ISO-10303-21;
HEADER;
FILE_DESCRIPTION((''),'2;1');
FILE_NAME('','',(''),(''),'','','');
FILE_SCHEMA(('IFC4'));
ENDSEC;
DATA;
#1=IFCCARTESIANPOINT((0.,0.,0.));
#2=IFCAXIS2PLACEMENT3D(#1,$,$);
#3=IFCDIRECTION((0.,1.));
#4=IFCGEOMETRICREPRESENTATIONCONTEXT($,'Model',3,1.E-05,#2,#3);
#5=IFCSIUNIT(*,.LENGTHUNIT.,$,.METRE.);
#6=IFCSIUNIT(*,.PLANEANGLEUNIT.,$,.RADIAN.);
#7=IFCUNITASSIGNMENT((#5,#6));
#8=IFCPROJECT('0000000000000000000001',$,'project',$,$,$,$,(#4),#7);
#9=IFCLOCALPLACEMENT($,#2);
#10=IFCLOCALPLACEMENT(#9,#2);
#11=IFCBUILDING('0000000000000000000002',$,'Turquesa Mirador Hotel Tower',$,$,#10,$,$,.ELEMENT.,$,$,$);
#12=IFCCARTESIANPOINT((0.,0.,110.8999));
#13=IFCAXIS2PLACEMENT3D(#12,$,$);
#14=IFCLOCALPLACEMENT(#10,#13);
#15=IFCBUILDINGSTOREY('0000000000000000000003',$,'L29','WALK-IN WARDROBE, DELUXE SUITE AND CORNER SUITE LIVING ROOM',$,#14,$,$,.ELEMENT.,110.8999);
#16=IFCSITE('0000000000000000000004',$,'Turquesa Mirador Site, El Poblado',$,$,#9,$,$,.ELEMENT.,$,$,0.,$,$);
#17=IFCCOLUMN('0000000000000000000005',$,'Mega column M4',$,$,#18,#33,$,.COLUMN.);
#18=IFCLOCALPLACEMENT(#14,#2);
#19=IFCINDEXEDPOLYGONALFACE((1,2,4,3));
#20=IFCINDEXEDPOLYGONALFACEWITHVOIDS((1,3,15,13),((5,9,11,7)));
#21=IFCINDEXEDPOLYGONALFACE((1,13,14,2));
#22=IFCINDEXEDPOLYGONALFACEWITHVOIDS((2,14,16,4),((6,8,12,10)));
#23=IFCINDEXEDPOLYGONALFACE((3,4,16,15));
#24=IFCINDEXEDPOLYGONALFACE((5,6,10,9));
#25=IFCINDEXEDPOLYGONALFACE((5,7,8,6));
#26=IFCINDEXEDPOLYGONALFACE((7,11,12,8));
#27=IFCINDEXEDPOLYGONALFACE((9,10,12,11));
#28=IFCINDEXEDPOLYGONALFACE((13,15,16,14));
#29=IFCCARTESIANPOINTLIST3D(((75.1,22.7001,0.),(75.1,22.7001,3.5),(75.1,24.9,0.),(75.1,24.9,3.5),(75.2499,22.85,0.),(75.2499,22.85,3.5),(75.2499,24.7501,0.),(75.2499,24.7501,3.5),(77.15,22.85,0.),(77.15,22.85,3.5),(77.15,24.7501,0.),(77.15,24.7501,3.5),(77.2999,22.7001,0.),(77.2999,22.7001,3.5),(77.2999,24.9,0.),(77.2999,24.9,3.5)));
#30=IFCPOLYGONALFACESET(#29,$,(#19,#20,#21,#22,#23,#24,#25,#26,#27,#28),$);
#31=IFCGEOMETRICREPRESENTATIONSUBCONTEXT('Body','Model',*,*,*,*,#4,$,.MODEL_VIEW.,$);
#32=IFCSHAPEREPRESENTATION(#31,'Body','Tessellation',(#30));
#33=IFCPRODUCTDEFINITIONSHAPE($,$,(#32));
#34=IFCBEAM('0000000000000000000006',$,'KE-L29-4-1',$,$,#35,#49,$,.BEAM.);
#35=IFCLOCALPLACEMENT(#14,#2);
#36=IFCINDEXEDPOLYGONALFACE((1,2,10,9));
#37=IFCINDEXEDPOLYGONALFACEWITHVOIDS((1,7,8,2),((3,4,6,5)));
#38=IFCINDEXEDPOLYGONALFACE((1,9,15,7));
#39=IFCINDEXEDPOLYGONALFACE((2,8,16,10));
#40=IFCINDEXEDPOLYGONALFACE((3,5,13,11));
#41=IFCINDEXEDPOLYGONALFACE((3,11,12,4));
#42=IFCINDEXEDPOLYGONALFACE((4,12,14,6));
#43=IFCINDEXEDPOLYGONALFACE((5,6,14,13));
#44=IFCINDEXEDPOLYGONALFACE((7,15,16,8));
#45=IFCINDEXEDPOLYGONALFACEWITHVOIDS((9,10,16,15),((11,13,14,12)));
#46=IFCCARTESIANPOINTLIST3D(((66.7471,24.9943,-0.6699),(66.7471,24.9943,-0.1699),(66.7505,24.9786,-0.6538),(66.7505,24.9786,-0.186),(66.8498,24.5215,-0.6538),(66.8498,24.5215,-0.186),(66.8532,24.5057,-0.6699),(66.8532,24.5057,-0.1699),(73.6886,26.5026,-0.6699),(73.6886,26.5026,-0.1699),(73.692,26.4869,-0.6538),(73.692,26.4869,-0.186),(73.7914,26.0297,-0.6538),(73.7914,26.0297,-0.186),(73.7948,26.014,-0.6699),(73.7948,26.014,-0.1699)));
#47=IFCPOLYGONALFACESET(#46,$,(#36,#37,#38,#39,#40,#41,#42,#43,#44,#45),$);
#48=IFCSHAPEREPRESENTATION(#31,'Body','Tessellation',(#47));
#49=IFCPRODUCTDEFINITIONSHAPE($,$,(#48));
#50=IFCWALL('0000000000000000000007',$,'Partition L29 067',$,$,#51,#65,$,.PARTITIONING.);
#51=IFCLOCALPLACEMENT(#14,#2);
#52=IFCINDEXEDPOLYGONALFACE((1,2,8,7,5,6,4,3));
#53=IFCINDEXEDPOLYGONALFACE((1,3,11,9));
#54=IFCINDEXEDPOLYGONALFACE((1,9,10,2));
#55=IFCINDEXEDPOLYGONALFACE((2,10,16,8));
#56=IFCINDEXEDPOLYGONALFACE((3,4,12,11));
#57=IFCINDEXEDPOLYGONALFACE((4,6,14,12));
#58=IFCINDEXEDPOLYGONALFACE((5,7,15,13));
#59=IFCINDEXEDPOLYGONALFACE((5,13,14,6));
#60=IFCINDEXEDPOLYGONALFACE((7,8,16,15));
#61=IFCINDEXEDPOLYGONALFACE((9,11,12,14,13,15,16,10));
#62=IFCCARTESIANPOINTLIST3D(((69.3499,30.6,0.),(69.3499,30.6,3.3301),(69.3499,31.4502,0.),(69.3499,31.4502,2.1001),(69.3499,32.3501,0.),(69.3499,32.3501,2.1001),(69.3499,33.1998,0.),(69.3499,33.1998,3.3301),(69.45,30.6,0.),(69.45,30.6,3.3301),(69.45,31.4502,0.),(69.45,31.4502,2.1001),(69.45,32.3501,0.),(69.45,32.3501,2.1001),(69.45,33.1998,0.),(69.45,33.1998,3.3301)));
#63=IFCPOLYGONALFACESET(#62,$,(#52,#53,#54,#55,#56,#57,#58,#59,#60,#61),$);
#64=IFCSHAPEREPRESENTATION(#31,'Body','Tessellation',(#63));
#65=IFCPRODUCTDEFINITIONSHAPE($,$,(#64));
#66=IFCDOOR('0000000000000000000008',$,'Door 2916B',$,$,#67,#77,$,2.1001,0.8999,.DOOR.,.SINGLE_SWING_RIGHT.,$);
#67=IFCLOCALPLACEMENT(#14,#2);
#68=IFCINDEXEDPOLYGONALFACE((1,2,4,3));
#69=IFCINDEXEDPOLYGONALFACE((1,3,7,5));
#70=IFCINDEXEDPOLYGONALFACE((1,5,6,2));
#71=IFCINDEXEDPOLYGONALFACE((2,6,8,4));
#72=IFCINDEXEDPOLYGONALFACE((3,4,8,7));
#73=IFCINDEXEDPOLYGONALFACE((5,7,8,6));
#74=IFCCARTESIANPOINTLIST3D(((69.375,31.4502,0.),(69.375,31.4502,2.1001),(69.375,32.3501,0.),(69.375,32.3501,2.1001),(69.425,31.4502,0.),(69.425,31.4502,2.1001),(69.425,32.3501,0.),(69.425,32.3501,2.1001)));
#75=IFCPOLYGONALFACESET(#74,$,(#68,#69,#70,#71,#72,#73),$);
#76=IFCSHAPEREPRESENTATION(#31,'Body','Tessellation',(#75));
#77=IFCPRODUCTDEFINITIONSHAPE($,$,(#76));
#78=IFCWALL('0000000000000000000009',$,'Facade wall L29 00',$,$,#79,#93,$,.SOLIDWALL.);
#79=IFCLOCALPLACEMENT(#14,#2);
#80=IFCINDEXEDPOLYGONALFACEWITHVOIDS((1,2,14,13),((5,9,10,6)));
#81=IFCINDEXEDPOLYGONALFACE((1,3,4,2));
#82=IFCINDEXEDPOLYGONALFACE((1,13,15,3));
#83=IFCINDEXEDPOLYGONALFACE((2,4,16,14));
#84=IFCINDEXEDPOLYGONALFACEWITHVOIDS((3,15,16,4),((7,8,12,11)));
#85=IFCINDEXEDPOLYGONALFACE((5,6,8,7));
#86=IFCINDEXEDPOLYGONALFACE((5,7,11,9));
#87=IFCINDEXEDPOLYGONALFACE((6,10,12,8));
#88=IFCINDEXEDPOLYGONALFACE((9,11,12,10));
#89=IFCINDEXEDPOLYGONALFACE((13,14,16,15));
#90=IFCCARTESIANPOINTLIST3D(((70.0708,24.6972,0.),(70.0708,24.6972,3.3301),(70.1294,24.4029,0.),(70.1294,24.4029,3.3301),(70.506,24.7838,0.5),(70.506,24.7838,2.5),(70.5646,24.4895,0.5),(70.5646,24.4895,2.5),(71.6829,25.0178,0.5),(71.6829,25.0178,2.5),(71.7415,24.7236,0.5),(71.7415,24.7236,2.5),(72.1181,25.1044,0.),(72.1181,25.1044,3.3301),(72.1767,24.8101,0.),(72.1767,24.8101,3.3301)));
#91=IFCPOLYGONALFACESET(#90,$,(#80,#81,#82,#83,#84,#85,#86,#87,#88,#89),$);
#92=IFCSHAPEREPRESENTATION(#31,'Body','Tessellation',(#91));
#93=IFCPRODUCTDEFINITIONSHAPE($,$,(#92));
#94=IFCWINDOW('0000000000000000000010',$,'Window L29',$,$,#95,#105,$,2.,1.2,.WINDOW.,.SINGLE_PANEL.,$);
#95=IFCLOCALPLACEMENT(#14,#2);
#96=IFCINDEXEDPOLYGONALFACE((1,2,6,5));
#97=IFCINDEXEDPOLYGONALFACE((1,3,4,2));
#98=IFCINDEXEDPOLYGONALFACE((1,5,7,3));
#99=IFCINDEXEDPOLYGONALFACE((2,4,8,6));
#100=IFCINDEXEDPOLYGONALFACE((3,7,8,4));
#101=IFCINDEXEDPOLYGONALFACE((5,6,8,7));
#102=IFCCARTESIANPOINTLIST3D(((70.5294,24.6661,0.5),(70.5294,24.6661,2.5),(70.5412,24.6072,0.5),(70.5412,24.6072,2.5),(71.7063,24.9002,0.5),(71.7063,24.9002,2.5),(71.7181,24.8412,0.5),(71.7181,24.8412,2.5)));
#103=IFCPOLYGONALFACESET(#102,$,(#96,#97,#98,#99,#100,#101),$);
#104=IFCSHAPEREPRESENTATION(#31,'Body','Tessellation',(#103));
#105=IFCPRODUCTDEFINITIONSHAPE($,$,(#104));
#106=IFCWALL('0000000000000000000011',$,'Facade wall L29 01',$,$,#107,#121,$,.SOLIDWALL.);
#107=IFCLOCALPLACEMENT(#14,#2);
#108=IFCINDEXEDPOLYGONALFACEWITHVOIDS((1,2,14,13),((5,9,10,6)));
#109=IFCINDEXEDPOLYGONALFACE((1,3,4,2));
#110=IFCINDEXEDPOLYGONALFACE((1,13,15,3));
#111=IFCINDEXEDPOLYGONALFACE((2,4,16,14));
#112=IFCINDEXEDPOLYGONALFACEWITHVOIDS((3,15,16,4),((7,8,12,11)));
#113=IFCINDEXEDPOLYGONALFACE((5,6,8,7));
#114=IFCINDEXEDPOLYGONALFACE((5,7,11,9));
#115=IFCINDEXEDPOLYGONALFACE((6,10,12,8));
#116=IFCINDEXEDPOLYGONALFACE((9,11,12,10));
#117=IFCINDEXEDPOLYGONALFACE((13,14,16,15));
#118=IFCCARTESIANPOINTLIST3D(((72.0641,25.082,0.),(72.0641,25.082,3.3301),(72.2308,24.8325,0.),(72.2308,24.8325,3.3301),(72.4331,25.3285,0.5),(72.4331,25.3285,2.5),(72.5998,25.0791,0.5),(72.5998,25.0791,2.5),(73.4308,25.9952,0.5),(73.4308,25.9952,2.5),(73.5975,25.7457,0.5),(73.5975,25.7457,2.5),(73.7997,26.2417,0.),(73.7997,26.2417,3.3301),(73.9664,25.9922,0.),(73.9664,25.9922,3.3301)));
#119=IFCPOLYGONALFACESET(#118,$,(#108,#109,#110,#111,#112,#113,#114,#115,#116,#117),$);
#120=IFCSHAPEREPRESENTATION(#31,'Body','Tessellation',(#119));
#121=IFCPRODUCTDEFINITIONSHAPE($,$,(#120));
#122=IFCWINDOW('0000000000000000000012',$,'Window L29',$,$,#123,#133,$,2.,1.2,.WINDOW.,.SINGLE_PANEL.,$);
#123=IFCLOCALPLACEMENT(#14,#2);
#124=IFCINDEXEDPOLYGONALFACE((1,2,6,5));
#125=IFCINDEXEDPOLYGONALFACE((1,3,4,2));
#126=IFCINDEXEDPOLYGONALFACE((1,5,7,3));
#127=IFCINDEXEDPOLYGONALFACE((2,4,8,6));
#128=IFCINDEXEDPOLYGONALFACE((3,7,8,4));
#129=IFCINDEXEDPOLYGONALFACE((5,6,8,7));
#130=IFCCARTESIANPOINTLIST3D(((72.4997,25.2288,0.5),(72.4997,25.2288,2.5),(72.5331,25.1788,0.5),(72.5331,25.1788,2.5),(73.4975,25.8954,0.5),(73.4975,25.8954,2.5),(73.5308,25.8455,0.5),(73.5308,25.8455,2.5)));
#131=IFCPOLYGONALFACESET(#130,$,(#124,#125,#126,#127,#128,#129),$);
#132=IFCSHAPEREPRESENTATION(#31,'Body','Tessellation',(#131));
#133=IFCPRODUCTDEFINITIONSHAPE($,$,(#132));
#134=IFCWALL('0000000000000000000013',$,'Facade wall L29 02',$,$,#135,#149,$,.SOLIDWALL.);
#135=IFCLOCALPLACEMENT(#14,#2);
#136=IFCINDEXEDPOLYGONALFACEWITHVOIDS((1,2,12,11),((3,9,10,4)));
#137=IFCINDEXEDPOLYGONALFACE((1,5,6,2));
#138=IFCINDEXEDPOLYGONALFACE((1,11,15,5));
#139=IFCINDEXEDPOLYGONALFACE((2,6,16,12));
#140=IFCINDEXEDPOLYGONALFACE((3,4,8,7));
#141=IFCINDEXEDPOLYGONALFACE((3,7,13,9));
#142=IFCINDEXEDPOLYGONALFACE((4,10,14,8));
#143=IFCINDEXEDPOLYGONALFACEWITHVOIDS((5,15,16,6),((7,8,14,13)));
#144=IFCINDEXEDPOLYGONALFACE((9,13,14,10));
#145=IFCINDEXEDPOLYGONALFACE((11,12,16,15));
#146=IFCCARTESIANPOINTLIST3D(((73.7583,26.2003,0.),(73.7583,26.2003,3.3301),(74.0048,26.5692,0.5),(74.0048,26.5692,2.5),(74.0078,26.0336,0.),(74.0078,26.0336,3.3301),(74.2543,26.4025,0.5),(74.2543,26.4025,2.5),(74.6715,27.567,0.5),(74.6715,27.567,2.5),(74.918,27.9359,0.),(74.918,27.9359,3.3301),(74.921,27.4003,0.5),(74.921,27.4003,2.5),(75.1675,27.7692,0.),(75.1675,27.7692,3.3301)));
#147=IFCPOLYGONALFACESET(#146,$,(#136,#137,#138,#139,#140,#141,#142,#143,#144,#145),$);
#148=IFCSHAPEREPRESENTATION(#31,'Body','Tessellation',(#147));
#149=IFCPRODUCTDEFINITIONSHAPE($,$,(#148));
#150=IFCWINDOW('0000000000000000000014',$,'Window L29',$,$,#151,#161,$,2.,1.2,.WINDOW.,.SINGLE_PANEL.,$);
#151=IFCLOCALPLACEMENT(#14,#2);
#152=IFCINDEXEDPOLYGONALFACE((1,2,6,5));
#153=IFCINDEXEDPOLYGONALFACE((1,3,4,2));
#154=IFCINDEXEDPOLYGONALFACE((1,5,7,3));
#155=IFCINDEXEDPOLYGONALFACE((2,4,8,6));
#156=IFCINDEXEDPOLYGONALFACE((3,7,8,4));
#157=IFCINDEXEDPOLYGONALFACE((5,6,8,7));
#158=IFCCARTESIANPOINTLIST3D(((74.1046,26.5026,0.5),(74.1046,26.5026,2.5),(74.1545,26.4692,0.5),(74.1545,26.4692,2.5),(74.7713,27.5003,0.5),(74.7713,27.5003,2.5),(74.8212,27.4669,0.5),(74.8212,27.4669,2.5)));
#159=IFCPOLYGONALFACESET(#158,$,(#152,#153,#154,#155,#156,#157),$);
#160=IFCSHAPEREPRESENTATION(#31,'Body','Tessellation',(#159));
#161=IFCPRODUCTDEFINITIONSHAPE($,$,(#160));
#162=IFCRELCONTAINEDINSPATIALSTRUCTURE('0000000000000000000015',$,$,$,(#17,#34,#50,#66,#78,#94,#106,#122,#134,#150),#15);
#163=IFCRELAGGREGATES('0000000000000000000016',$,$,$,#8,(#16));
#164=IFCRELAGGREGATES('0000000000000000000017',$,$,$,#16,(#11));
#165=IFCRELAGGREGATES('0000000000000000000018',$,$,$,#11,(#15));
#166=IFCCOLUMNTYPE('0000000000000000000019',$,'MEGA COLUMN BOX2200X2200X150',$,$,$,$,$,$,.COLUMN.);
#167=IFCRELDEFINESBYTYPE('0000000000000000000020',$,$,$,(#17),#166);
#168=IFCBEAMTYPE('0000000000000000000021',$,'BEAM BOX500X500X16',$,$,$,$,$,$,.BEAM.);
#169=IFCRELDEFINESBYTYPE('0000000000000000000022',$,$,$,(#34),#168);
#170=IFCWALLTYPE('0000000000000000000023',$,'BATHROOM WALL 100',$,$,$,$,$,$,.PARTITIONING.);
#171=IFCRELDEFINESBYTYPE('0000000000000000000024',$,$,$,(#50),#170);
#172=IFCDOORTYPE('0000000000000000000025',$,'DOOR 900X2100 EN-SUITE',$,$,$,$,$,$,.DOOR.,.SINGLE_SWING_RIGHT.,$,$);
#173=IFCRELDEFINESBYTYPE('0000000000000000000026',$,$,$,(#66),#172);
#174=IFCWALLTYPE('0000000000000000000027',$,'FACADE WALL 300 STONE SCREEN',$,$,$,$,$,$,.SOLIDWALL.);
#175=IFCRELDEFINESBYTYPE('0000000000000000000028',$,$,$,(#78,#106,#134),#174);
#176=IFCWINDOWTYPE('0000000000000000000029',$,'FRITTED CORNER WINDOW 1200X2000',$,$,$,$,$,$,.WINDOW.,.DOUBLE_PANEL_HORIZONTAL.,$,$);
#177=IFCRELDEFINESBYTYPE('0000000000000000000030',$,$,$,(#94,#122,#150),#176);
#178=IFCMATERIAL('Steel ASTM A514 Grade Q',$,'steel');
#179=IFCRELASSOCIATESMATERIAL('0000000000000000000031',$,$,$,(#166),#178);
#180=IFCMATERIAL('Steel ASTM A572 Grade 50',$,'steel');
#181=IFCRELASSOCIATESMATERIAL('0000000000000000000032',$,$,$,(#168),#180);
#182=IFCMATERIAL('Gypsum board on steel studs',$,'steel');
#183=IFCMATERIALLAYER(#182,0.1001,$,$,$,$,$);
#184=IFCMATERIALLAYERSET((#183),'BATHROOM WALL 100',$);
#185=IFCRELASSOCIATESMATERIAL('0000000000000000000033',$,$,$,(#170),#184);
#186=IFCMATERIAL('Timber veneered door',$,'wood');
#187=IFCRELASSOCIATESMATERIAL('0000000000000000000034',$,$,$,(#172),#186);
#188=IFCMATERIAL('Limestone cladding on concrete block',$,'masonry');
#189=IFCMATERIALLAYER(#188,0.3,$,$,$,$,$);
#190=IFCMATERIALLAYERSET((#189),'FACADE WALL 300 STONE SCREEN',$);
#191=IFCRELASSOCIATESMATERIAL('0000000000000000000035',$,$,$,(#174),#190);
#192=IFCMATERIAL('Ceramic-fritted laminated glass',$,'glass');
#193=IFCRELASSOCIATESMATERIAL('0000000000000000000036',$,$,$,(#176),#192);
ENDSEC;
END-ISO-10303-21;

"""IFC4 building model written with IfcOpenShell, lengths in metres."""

from ifc_helpers import new_model, si_unit, direction, frame, frame_2d, origin, origin_2d, place, context, subcontext, project, spatial, rectangle, hollow_rectangle, extrude, material, layer, layer_set, material_profile, profile_set, type_object, element, fill, save


model = new_model("IFC4")

# Units and contexts
model_context = context("Model", 3, precision=1e-05, world=origin(), true_north=direction((0.0, 1.0)))
body_context = subcontext(model_context, "Body", "Model", "MODEL_VIEW")
ifc_project = project(units=[si_unit("LENGTHUNIT", "METRE"), si_unit("PLANEANGLEUNIT", "RADIAN")], contexts=[model_context])

# Site, building, storey
site_placement = place(None, origin())
site = spatial("IfcSite", under=ifc_project, at=site_placement, Name="Turquesa Mirador Site, El Poblado", CompositionType="ELEMENT", RefElevation=0.0)
building_placement = place(site_placement, origin())
building = spatial("IfcBuilding", under=site, at=building_placement, Name="Turquesa Mirador Hotel Tower", CompositionType="ELEMENT")
storey_placement = place(building_placement, frame((0.0, 0.0, 110.8999)))
storey = spatial("IfcBuildingStorey", under=building, at=storey_placement, Name="L29", Description="WALK-IN WARDROBE, DELUXE SUITE AND CORNER SUITE LIVING ROOM", CompositionType="ELEMENT", Elevation=110.8999)

# Column
ifc_material_1 = material(Name="Steel ASTM A514 Grade Q", Category="steel")
ifc_material_profile_1 = material_profile(ifc_material_1, hollow_rectangle(XDim=2.2, YDim=2.2, WallThickness=0.1499, at=origin_2d()), Name="BOX2200X2200X150")
ifc_profile_set_1 = profile_set([ifc_material_profile_1], Name="Steel ASTM A514 Grade Q")
column_type = type_object("IfcColumnType", Name="MEGA COLUMN BOX2200X2200X150", PredefinedType="COLUMN", material=ifc_profile_set_1)
column_placement = place(storey_placement, frame((76.2, 23.8, 0.0), z_axis=(0.0, 0.0, 1.0), x_axis=(1.0, 0.0, 0.0)))
element("IfcColumn", 1, at=column_placement, inside=storey, type_object=column_type, Name="Mega column M4", PredefinedType="COLUMN", context=body_context, shape_type="SweptSolid", body=[
    extrude(hollow_rectangle(XDim=2.2, YDim=2.2, WallThickness=0.1499, at=origin_2d()), origin(), (0.0, 0.0, 1.0), 3.5),
])

# Beam
ifc_material_2 = material(Name="Steel ASTM A572 Grade 50", Category="steel")
ifc_material_profile_2 = material_profile(ifc_material_2, hollow_rectangle(XDim=0.5, YDim=0.5, WallThickness=0.0161, at=origin_2d()), Name="BOX500X500X16")
ifc_profile_set_2 = profile_set([ifc_material_profile_2], Name="Steel ASTM A572 Grade 50")
beam_type = type_object("IfcBeamType", Name="BEAM BOX500X500X16", PredefinedType="BEAM", material=ifc_profile_set_2)
beam_placement = place(storey_placement, frame((73.7417, 26.2583, -0.4199), z_axis=(-0.977198, -0.212328, 0.0), x_axis=(0.212328, -0.977198, 0.0)))
element("IfcBeam", 2, at=beam_placement, inside=storey, type_object=beam_type, Name="KE-L29-4-1", PredefinedType="BEAM", context=body_context, shape_type="SweptSolid", body=[
    extrude(hollow_rectangle(XDim=0.5, YDim=0.5, WallThickness=0.0161, at=origin_2d()), origin(), (0.0, 0.0, 1.0), 7.1035),
])

# Wall, opening, door
ifc_material_3 = material(Name="Gypsum board on steel studs", Category="steel")
ifc_layer_1 = layer(ifc_material_3, 0.1001)
ifc_layer_set_1 = layer_set([ifc_layer_1], Name="BATHROOM WALL 100")
wall_type_1 = type_object("IfcWallType", Name="BATHROOM WALL 100", PredefinedType="PARTITIONING", material=ifc_layer_set_1)
wall_1_placement = place(storey_placement, frame((69.3999, 30.6001, 0.0), z_axis=(0.0, 0.0, 1.0), x_axis=(0.0, 1.0, 0.0)))
wall_1 = element("IfcWall", 3, at=wall_1_placement, inside=storey, type_object=wall_type_1, Name="Partition L29 067", PredefinedType="PARTITIONING", context=body_context, shape_type="SweptSolid", body=[
    extrude(rectangle(XDim=2.5999, YDim=0.1001, at=frame_2d((1.2998, 0.0))), origin(), (0.0, 0.0, 1.0), 3.3301),
])
opening_1_placement = place(wall_1_placement, frame((0.8501, 0.0, 0.0)))
opening_1 = element("IfcOpeningElement", 4, at=opening_1_placement, cuts=wall_1, PredefinedType="OPENING", context=body_context, shape_type="SweptSolid", body=[
    extrude(rectangle(XDim=0.8999, YDim=2.1001, at=frame_2d((0.45, 1.05))), frame((0.0, 0.0601, 0.0), z_axis=(0.0, -1.0, 0.0), x_axis=(1.0, 0.0, 0.0)), (0.0, 0.0, 1.0), 0.1201),
])
ifc_material_4 = material(Name="Timber veneered door", Category="wood")
door_type = type_object("IfcDoorType", Name="DOOR 900X2100 EN-SUITE", OperationType="SINGLE_SWING_RIGHT", PredefinedType="DOOR", material=ifc_material_4)
door_placement = place(opening_1_placement, origin())
door = element("IfcDoor", 5, at=door_placement, inside=storey, type_object=door_type, Name="Door 2916B", OperationType="SINGLE_SWING_RIGHT", OverallHeight=2.1001, OverallWidth=0.8999, PredefinedType="DOOR", context=body_context, shape_type="SweptSolid", body=[
    extrude(rectangle(XDim=0.8999, YDim=2.1001, at=frame_2d((0.45, 1.05))), frame((0.0, 0.0249, 0.0), z_axis=(0.0, -1.0, 0.0), x_axis=(1.0, 0.0, 0.0)), (0.0, 0.0, 1.0), 0.05),
])
fill(opening_1, door)

# Walls, openings, windows
ifc_material_5 = material(Name="Limestone cladding on concrete block", Category="masonry")
ifc_layer_2 = layer(ifc_material_5, 0.3)
ifc_layer_set_2 = layer_set([ifc_layer_2], Name="FACADE WALL 300 STONE SCREEN")
wall_type_2 = type_object("IfcWallType", Name="FACADE WALL 300 STONE SCREEN", PredefinedType="SOLIDWALL", material=ifc_layer_set_2)
wall_2_placement = place(storey_placement, frame((70.1001, 24.55, 0.0), z_axis=(0.0, 0.0, 1.0), x_axis=(0.980787, 0.195081, 0.0)))
wall_2 = element("IfcWall", 6, at=wall_2_placement, inside=storey, type_object=wall_type_2, Name="Facade wall L29 00", PredefinedType="SOLIDWALL", context=body_context, shape_type="SweptSolid", body=[
    extrude(rectangle(XDim=2.0874, YDim=0.3, at=frame_2d((1.0437, 0.0))), origin(), (0.0, 0.0, 1.0), 3.3301),
])
opening_2_placement = place(wall_2_placement, frame((0.4436, 0.0, 0.5)))
opening_2 = element("IfcOpeningElement", 7, at=opening_2_placement, cuts=wall_2, PredefinedType="OPENING", context=body_context, shape_type="SweptSolid", body=[
    extrude(rectangle(XDim=1.2, YDim=2.0, at=frame_2d((0.6001, 1.0))), frame((0.0, 0.1599, 0.0), z_axis=(0.0, -1.0, 0.0), x_axis=(1.0, 0.0, 0.0)), (0.0, 0.0, 1.0), 0.3201),
])
ifc_material_6 = material(Name="Ceramic-fritted laminated glass", Category="glass")
window_type_1 = type_object("IfcWindowType", Name="FRITTED CORNER WINDOW 1200X2000", PartitioningType="DOUBLE_PANEL_HORIZONTAL", PredefinedType="WINDOW", material=ifc_material_6)
window_1_placement = place(opening_2_placement, origin())
window_1 = element("IfcWindow", 8, at=window_1_placement, inside=storey, type_object=window_type_1, Name="Window L29", OverallHeight=2.0, OverallWidth=1.2, PartitioningType="SINGLE_PANEL", PredefinedType="WINDOW", context=body_context, shape_type="SweptSolid", body=[
    extrude(rectangle(XDim=1.2, YDim=2.0, at=frame_2d((0.6001, 1.0))), frame((0.0, 0.03, 0.0), z_axis=(0.0, -1.0, 0.0), x_axis=(1.0, 0.0, 0.0)), (0.0, 0.0, 1.0), 0.0601),
])
fill(opening_2, window_1)
wall_3_placement = place(storey_placement, frame((72.1475, 24.9573, 0.0), z_axis=(0.0, 0.0, 1.0), x_axis=(0.831474, 0.555564, 0.0)))
wall_3 = element("IfcWall", 9, at=wall_3_placement, inside=storey, type_object=wall_type_2, Name="Facade wall L29 01", PredefinedType="SOLIDWALL", context=body_context, shape_type="SweptSolid", body=[
    extrude(rectangle(XDim=2.0874, YDim=0.3, at=frame_2d((1.0437, 0.0))), origin(), (0.0, 0.0, 1.0), 3.3301),
])
opening_3_placement = place(wall_3_placement, frame((0.4436, 0.0, 0.5)))
opening_3 = element("IfcOpeningElement", 10, at=opening_3_placement, cuts=wall_3, PredefinedType="OPENING", context=body_context, shape_type="SweptSolid", body=[
    extrude(rectangle(XDim=1.2, YDim=2.0, at=frame_2d((0.6001, 1.0))), frame((0.0, 0.1599, 0.0), z_axis=(0.0, -1.0, 0.0), x_axis=(1.0, 0.0, 0.0)), (0.0, 0.0, 1.0), 0.3201),
])
window_2_placement = place(opening_3_placement, origin())
window_2 = element("IfcWindow", 11, at=window_2_placement, inside=storey, type_object=window_type_1, Name="Window L29", OverallHeight=2.0, OverallWidth=1.2, PartitioningType="SINGLE_PANEL", PredefinedType="WINDOW", context=body_context, shape_type="SweptSolid", body=[
    extrude(rectangle(XDim=1.2, YDim=2.0, at=frame_2d((0.6001, 1.0))), frame((0.0, 0.03, 0.0), z_axis=(0.0, -1.0, 0.0), x_axis=(1.0, 0.0, 0.0)), (0.0, 0.0, 1.0), 0.0601),
])
fill(opening_3, window_2)
wall_4_placement = place(storey_placement, frame((73.8831, 26.1169, 0.0), z_axis=(0.0, 0.0, 1.0), x_axis=(0.555564, 0.831474, 0.0)))
wall_4 = element("IfcWall", 12, at=wall_4_placement, inside=storey, type_object=wall_type_2, Name="Facade wall L29 02", PredefinedType="SOLIDWALL", context=body_context, shape_type="SweptSolid", body=[
    extrude(rectangle(XDim=2.0874, YDim=0.3, at=frame_2d((1.0437, 0.0))), origin(), (0.0, 0.0, 1.0), 3.3301),
])
opening_4_placement = place(wall_4_placement, frame((0.4436, 0.0, 0.5)))
opening_4 = element("IfcOpeningElement", 13, at=opening_4_placement, cuts=wall_4, PredefinedType="OPENING", context=body_context, shape_type="SweptSolid", body=[
    extrude(rectangle(XDim=1.2, YDim=2.0, at=frame_2d((0.6001, 1.0))), frame((0.0, 0.1599, 0.0), z_axis=(0.0, -1.0, 0.0), x_axis=(1.0, 0.0, 0.0)), (0.0, 0.0, 1.0), 0.3201),
])
window_3_placement = place(opening_4_placement, origin())
window_3 = element("IfcWindow", 14, at=window_3_placement, inside=storey, type_object=window_type_1, Name="Window L29", OverallHeight=2.0, OverallWidth=1.2, PartitioningType="SINGLE_PANEL", PredefinedType="WINDOW", context=body_context, shape_type="SweptSolid", body=[
    extrude(rectangle(XDim=1.2, YDim=2.0, at=frame_2d((0.6001, 1.0))), frame((0.0, 0.03, 0.0), z_axis=(0.0, -1.0, 0.0), x_axis=(1.0, 0.0, 0.0)), (0.0, 0.0, 1.0), 0.0601),
])
fill(opening_4, window_3)

save(model, "model.ifc")
